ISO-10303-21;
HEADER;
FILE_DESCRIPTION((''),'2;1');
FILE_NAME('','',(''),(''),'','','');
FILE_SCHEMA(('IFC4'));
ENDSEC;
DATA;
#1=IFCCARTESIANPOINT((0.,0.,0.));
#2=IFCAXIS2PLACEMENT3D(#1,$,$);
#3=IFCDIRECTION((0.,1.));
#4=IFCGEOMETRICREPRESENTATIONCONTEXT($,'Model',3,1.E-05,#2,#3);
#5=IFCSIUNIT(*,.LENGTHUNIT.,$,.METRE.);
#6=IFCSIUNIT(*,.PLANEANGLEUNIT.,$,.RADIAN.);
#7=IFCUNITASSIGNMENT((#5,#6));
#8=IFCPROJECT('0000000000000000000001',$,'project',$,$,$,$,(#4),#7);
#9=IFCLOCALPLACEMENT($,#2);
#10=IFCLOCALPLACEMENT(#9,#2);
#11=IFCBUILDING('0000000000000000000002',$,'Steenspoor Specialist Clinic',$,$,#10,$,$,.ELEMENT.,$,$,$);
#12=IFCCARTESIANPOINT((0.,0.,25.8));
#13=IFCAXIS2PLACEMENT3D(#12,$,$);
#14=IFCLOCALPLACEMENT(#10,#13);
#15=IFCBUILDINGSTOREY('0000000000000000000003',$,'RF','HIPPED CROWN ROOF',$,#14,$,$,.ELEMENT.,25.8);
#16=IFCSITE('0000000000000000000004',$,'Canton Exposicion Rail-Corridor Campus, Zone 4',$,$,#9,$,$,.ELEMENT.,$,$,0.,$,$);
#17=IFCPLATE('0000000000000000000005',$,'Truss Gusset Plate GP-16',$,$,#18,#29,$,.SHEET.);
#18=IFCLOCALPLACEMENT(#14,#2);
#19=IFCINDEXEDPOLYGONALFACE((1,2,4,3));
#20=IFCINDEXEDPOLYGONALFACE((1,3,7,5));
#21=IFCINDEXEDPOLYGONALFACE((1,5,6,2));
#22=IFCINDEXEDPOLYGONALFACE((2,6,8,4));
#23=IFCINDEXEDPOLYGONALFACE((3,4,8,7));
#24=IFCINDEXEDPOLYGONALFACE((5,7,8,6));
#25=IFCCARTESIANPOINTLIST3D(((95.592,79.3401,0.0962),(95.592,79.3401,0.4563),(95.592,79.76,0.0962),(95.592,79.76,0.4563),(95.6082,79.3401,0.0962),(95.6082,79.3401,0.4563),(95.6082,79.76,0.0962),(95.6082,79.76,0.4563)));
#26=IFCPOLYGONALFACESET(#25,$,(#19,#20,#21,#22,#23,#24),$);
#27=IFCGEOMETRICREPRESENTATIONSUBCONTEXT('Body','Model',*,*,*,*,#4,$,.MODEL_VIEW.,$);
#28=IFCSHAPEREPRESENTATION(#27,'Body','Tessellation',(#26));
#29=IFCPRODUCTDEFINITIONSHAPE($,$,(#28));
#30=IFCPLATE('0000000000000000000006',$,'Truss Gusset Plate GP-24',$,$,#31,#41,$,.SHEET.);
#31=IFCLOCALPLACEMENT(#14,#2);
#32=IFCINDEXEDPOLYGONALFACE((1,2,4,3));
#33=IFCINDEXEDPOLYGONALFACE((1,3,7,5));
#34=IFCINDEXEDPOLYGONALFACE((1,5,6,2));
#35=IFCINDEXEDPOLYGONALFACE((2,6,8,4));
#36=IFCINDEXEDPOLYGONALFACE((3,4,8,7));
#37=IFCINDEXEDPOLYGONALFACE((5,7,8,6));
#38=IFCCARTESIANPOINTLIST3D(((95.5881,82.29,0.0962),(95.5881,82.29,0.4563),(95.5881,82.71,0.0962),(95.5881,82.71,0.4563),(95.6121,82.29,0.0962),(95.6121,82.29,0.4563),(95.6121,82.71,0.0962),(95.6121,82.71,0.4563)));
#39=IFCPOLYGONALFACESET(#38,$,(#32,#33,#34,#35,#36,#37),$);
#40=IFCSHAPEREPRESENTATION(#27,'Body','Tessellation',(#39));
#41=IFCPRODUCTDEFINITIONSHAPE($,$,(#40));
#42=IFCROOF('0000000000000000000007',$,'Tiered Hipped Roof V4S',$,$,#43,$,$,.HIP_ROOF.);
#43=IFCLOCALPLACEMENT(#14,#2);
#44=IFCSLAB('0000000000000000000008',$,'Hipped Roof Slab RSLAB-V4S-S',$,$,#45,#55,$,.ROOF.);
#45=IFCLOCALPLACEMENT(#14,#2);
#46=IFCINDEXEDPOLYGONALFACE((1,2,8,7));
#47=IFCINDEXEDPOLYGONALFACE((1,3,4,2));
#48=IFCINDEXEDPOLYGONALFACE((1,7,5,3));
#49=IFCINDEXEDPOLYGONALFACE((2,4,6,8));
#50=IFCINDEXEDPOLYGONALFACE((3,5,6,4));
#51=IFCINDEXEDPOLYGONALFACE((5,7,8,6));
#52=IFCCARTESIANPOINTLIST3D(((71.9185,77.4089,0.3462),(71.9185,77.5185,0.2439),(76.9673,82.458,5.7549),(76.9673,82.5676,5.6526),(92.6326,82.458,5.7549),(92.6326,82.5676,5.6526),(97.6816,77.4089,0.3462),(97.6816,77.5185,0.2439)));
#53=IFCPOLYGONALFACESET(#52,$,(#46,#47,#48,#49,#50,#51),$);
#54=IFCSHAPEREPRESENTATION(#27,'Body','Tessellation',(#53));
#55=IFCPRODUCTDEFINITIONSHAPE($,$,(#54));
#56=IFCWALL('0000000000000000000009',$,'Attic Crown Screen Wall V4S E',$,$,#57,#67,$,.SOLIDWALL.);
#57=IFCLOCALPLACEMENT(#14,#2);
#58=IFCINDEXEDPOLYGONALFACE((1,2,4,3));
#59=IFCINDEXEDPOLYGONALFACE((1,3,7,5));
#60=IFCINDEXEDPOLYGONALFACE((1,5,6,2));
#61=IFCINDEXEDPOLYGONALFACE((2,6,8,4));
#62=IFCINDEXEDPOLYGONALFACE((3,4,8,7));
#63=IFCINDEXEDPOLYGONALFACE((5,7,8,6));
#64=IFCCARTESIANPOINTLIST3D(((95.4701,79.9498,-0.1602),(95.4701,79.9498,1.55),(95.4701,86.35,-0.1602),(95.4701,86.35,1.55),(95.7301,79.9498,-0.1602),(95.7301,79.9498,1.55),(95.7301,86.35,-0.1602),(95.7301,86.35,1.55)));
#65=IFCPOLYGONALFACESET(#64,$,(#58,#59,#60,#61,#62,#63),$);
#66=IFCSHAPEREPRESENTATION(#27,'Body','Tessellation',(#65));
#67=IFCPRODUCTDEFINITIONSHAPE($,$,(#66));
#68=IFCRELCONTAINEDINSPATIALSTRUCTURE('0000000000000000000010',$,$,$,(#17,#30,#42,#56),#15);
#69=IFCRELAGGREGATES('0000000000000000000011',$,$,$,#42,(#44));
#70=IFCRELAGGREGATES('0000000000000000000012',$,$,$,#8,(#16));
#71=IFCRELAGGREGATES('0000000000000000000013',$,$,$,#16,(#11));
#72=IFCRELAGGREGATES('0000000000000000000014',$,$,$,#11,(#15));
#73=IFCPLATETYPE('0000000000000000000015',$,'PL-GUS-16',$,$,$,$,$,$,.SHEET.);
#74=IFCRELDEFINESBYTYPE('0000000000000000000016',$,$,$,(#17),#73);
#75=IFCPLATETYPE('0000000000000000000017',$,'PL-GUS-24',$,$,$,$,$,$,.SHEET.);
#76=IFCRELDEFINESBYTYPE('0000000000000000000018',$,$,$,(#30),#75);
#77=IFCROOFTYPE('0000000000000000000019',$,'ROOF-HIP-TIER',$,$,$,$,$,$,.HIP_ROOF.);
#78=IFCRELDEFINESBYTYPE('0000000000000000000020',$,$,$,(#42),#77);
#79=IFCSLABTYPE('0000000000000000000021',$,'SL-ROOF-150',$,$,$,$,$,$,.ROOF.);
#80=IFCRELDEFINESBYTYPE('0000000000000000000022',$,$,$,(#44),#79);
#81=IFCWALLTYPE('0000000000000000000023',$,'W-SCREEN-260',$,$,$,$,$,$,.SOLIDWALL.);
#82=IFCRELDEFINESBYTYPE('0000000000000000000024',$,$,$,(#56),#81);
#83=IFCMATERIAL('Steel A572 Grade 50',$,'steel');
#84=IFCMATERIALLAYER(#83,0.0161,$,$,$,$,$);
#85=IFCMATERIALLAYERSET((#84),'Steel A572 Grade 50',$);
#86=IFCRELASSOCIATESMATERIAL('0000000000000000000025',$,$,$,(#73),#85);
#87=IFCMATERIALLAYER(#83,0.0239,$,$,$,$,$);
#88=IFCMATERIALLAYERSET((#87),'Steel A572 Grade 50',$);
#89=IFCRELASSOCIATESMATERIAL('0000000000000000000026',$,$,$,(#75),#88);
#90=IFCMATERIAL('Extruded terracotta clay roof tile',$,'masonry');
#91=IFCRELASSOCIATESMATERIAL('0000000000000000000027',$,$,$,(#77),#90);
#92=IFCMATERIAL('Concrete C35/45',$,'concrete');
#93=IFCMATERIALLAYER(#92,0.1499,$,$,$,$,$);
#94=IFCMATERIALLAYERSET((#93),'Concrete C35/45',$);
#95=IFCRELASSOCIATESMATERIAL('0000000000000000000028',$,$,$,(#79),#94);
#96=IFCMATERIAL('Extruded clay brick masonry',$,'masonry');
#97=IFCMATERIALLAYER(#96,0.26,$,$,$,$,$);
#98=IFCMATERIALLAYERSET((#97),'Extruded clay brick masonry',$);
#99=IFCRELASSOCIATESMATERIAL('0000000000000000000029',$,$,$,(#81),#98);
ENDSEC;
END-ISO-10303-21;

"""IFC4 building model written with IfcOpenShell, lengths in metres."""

from ifc_helpers import new_model, si_unit, direction, frame, frame_2d, origin, origin_2d, place, context, subcontext, project, spatial, polyline, rectangle, outline, extrude, material, layer, layer_set, type_object, element, aggregate, save


model = new_model("IFC4")

# Units and contexts
model_context = context("Model", 3, precision=1e-05, world=origin(), true_north=direction((0.0, 1.0)))
body_context = subcontext(model_context, "Body", "Model", "MODEL_VIEW")
ifc_project = project(units=[si_unit("LENGTHUNIT", "METRE"), si_unit("PLANEANGLEUNIT", "RADIAN")], contexts=[model_context])

# Site, building, storey
site_placement = place(None, origin())
site = spatial("IfcSite", under=ifc_project, at=site_placement, Name="Canton Exposicion Rail-Corridor Campus, Zone 4", CompositionType="ELEMENT", RefElevation=0.0)
building_placement = place(site_placement, origin())
building = spatial("IfcBuilding", under=site, at=building_placement, Name="Steenspoor Specialist Clinic", CompositionType="ELEMENT")
storey_placement = place(building_placement, frame((0.0, 0.0, 25.8)))
storey = spatial("IfcBuildingStorey", under=building, at=storey_placement, Name="RF", Description="HIPPED CROWN ROOF", CompositionType="ELEMENT", Elevation=25.8)

# Plates
ifc_material_1 = material(Name="Steel A572 Grade 50", Category="steel")
ifc_layer_1 = layer(ifc_material_1, 0.0161)
ifc_layer_set_1 = layer_set([ifc_layer_1], Name="Steel A572 Grade 50")
plate_type_1 = type_object("IfcPlateType", Name="PL-GUS-16", PredefinedType="SHEET", material=ifc_layer_set_1)
for number, where, z_axis, x_axis, name in (
    (1, (95.6001, 79.55, 0.0962), (0.0, 0.0, 1.0), (1.0, 0.0, 0.0), "Truss Gusset Plate GP-16"),
):
    element("IfcPlate", number, at=place(storey_placement, frame(where, z_axis=z_axis, x_axis=x_axis)), inside=storey, type_object=plate_type_1, Name=name, PredefinedType="SHEET", context=body_context, shape_type="SweptSolid", body=[
        extrude(rectangle(XDim=0.0161, YDim=0.4199, at=origin_2d()), origin(), (0.0, 0.0, 1.0), 0.3601),
    ])
ifc_layer_2 = layer(ifc_material_1, 0.0239)
ifc_layer_set_2 = layer_set([ifc_layer_2], Name="Steel A572 Grade 50")
plate_type_2 = type_object("IfcPlateType", Name="PL-GUS-24", PredefinedType="SHEET", material=ifc_layer_set_2)
plate_placement = place(storey_placement, frame((95.6001, 82.5, 0.0962), z_axis=(0.0, 0.0, 1.0), x_axis=(1.0, 0.0, 0.0)))
element("IfcPlate", 2, at=plate_placement, inside=storey, type_object=plate_type_2, Name="Truss Gusset Plate GP-24", PredefinedType="SHEET", context=body_context, shape_type="SweptSolid", body=[
    extrude(rectangle(XDim=0.0239, YDim=0.4199, at=origin_2d()), origin(), (0.0, 0.0, 1.0), 0.3601),
])

# Roof, slab
ifc_material_2 = material(Name="Extruded terracotta clay roof tile", Category="masonry")
roof_type = type_object("IfcRoofType", Name="ROOF-HIP-TIER", PredefinedType="HIP_ROOF", material=ifc_material_2)
roof_placement = place(storey_placement, origin())
roof = element("IfcRoof", 3, at=roof_placement, inside=storey, type_object=roof_type, Name="Tiered Hipped Roof V4S", PredefinedType="HIP_ROOF")
ifc_material_3 = material(Name="Concrete C35/45", Category="concrete")
ifc_layer_3 = layer(ifc_material_3, 0.1499)
ifc_layer_set_3 = layer_set([ifc_layer_3], Name="Concrete C35/45")
slab_type = type_object("IfcSlabType", Name="SL-ROOF-150", PredefinedType="ROOF", material=ifc_layer_set_3)
slab_placement = place(storey_placement, frame((97.6816, 77.4089, 0.3462), z_axis=(0.0, -0.730991, 0.682388), x_axis=(-0.563658, 0.563658, 0.603804)))
slab = element("IfcSlab", 4, at=slab_placement, type_object=slab_type, Name="Hipped Roof Slab RSLAB-V4S-S", PredefinedType="ROOF", context=body_context, shape_type="SweptSolid", body=[
    extrude(outline(polyline([(0.0, 0.0), (8.9577, 0.0), (17.7875, 12.9397), (14.5216, 21.2806), (0.0, 0.0)])), origin(), (0.0, 0.0, -1.0), 0.1499),
])
aggregate(roof, [slab])

# Wall
ifc_material_4 = material(Name="Extruded clay brick masonry", Category="masonry")
ifc_layer_4 = layer(ifc_material_4, 0.26)
ifc_layer_set_4 = layer_set([ifc_layer_4], Name="Extruded clay brick masonry")
wall_type = type_object("IfcWallType", Name="W-SCREEN-260", PredefinedType="SOLIDWALL", material=ifc_layer_set_4)
wall_placement = place(storey_placement, frame((95.6001, 86.3501, -0.1602), z_axis=(0.0, 0.0, 1.0), x_axis=(0.0, -1.0, 0.0)))
element("IfcWall", 5, at=wall_placement, inside=storey, type_object=wall_type, Name="Attic Crown Screen Wall V4S E", PredefinedType="SOLIDWALL", context=body_context, shape_type="SweptSolid", body=[
    extrude(rectangle(XDim=6.4001, YDim=0.26, at=frame_2d((3.2002, 0.0))), origin(), (0.0, 0.0, 1.0), 1.7102),
])

save(model, "model.ifc")
